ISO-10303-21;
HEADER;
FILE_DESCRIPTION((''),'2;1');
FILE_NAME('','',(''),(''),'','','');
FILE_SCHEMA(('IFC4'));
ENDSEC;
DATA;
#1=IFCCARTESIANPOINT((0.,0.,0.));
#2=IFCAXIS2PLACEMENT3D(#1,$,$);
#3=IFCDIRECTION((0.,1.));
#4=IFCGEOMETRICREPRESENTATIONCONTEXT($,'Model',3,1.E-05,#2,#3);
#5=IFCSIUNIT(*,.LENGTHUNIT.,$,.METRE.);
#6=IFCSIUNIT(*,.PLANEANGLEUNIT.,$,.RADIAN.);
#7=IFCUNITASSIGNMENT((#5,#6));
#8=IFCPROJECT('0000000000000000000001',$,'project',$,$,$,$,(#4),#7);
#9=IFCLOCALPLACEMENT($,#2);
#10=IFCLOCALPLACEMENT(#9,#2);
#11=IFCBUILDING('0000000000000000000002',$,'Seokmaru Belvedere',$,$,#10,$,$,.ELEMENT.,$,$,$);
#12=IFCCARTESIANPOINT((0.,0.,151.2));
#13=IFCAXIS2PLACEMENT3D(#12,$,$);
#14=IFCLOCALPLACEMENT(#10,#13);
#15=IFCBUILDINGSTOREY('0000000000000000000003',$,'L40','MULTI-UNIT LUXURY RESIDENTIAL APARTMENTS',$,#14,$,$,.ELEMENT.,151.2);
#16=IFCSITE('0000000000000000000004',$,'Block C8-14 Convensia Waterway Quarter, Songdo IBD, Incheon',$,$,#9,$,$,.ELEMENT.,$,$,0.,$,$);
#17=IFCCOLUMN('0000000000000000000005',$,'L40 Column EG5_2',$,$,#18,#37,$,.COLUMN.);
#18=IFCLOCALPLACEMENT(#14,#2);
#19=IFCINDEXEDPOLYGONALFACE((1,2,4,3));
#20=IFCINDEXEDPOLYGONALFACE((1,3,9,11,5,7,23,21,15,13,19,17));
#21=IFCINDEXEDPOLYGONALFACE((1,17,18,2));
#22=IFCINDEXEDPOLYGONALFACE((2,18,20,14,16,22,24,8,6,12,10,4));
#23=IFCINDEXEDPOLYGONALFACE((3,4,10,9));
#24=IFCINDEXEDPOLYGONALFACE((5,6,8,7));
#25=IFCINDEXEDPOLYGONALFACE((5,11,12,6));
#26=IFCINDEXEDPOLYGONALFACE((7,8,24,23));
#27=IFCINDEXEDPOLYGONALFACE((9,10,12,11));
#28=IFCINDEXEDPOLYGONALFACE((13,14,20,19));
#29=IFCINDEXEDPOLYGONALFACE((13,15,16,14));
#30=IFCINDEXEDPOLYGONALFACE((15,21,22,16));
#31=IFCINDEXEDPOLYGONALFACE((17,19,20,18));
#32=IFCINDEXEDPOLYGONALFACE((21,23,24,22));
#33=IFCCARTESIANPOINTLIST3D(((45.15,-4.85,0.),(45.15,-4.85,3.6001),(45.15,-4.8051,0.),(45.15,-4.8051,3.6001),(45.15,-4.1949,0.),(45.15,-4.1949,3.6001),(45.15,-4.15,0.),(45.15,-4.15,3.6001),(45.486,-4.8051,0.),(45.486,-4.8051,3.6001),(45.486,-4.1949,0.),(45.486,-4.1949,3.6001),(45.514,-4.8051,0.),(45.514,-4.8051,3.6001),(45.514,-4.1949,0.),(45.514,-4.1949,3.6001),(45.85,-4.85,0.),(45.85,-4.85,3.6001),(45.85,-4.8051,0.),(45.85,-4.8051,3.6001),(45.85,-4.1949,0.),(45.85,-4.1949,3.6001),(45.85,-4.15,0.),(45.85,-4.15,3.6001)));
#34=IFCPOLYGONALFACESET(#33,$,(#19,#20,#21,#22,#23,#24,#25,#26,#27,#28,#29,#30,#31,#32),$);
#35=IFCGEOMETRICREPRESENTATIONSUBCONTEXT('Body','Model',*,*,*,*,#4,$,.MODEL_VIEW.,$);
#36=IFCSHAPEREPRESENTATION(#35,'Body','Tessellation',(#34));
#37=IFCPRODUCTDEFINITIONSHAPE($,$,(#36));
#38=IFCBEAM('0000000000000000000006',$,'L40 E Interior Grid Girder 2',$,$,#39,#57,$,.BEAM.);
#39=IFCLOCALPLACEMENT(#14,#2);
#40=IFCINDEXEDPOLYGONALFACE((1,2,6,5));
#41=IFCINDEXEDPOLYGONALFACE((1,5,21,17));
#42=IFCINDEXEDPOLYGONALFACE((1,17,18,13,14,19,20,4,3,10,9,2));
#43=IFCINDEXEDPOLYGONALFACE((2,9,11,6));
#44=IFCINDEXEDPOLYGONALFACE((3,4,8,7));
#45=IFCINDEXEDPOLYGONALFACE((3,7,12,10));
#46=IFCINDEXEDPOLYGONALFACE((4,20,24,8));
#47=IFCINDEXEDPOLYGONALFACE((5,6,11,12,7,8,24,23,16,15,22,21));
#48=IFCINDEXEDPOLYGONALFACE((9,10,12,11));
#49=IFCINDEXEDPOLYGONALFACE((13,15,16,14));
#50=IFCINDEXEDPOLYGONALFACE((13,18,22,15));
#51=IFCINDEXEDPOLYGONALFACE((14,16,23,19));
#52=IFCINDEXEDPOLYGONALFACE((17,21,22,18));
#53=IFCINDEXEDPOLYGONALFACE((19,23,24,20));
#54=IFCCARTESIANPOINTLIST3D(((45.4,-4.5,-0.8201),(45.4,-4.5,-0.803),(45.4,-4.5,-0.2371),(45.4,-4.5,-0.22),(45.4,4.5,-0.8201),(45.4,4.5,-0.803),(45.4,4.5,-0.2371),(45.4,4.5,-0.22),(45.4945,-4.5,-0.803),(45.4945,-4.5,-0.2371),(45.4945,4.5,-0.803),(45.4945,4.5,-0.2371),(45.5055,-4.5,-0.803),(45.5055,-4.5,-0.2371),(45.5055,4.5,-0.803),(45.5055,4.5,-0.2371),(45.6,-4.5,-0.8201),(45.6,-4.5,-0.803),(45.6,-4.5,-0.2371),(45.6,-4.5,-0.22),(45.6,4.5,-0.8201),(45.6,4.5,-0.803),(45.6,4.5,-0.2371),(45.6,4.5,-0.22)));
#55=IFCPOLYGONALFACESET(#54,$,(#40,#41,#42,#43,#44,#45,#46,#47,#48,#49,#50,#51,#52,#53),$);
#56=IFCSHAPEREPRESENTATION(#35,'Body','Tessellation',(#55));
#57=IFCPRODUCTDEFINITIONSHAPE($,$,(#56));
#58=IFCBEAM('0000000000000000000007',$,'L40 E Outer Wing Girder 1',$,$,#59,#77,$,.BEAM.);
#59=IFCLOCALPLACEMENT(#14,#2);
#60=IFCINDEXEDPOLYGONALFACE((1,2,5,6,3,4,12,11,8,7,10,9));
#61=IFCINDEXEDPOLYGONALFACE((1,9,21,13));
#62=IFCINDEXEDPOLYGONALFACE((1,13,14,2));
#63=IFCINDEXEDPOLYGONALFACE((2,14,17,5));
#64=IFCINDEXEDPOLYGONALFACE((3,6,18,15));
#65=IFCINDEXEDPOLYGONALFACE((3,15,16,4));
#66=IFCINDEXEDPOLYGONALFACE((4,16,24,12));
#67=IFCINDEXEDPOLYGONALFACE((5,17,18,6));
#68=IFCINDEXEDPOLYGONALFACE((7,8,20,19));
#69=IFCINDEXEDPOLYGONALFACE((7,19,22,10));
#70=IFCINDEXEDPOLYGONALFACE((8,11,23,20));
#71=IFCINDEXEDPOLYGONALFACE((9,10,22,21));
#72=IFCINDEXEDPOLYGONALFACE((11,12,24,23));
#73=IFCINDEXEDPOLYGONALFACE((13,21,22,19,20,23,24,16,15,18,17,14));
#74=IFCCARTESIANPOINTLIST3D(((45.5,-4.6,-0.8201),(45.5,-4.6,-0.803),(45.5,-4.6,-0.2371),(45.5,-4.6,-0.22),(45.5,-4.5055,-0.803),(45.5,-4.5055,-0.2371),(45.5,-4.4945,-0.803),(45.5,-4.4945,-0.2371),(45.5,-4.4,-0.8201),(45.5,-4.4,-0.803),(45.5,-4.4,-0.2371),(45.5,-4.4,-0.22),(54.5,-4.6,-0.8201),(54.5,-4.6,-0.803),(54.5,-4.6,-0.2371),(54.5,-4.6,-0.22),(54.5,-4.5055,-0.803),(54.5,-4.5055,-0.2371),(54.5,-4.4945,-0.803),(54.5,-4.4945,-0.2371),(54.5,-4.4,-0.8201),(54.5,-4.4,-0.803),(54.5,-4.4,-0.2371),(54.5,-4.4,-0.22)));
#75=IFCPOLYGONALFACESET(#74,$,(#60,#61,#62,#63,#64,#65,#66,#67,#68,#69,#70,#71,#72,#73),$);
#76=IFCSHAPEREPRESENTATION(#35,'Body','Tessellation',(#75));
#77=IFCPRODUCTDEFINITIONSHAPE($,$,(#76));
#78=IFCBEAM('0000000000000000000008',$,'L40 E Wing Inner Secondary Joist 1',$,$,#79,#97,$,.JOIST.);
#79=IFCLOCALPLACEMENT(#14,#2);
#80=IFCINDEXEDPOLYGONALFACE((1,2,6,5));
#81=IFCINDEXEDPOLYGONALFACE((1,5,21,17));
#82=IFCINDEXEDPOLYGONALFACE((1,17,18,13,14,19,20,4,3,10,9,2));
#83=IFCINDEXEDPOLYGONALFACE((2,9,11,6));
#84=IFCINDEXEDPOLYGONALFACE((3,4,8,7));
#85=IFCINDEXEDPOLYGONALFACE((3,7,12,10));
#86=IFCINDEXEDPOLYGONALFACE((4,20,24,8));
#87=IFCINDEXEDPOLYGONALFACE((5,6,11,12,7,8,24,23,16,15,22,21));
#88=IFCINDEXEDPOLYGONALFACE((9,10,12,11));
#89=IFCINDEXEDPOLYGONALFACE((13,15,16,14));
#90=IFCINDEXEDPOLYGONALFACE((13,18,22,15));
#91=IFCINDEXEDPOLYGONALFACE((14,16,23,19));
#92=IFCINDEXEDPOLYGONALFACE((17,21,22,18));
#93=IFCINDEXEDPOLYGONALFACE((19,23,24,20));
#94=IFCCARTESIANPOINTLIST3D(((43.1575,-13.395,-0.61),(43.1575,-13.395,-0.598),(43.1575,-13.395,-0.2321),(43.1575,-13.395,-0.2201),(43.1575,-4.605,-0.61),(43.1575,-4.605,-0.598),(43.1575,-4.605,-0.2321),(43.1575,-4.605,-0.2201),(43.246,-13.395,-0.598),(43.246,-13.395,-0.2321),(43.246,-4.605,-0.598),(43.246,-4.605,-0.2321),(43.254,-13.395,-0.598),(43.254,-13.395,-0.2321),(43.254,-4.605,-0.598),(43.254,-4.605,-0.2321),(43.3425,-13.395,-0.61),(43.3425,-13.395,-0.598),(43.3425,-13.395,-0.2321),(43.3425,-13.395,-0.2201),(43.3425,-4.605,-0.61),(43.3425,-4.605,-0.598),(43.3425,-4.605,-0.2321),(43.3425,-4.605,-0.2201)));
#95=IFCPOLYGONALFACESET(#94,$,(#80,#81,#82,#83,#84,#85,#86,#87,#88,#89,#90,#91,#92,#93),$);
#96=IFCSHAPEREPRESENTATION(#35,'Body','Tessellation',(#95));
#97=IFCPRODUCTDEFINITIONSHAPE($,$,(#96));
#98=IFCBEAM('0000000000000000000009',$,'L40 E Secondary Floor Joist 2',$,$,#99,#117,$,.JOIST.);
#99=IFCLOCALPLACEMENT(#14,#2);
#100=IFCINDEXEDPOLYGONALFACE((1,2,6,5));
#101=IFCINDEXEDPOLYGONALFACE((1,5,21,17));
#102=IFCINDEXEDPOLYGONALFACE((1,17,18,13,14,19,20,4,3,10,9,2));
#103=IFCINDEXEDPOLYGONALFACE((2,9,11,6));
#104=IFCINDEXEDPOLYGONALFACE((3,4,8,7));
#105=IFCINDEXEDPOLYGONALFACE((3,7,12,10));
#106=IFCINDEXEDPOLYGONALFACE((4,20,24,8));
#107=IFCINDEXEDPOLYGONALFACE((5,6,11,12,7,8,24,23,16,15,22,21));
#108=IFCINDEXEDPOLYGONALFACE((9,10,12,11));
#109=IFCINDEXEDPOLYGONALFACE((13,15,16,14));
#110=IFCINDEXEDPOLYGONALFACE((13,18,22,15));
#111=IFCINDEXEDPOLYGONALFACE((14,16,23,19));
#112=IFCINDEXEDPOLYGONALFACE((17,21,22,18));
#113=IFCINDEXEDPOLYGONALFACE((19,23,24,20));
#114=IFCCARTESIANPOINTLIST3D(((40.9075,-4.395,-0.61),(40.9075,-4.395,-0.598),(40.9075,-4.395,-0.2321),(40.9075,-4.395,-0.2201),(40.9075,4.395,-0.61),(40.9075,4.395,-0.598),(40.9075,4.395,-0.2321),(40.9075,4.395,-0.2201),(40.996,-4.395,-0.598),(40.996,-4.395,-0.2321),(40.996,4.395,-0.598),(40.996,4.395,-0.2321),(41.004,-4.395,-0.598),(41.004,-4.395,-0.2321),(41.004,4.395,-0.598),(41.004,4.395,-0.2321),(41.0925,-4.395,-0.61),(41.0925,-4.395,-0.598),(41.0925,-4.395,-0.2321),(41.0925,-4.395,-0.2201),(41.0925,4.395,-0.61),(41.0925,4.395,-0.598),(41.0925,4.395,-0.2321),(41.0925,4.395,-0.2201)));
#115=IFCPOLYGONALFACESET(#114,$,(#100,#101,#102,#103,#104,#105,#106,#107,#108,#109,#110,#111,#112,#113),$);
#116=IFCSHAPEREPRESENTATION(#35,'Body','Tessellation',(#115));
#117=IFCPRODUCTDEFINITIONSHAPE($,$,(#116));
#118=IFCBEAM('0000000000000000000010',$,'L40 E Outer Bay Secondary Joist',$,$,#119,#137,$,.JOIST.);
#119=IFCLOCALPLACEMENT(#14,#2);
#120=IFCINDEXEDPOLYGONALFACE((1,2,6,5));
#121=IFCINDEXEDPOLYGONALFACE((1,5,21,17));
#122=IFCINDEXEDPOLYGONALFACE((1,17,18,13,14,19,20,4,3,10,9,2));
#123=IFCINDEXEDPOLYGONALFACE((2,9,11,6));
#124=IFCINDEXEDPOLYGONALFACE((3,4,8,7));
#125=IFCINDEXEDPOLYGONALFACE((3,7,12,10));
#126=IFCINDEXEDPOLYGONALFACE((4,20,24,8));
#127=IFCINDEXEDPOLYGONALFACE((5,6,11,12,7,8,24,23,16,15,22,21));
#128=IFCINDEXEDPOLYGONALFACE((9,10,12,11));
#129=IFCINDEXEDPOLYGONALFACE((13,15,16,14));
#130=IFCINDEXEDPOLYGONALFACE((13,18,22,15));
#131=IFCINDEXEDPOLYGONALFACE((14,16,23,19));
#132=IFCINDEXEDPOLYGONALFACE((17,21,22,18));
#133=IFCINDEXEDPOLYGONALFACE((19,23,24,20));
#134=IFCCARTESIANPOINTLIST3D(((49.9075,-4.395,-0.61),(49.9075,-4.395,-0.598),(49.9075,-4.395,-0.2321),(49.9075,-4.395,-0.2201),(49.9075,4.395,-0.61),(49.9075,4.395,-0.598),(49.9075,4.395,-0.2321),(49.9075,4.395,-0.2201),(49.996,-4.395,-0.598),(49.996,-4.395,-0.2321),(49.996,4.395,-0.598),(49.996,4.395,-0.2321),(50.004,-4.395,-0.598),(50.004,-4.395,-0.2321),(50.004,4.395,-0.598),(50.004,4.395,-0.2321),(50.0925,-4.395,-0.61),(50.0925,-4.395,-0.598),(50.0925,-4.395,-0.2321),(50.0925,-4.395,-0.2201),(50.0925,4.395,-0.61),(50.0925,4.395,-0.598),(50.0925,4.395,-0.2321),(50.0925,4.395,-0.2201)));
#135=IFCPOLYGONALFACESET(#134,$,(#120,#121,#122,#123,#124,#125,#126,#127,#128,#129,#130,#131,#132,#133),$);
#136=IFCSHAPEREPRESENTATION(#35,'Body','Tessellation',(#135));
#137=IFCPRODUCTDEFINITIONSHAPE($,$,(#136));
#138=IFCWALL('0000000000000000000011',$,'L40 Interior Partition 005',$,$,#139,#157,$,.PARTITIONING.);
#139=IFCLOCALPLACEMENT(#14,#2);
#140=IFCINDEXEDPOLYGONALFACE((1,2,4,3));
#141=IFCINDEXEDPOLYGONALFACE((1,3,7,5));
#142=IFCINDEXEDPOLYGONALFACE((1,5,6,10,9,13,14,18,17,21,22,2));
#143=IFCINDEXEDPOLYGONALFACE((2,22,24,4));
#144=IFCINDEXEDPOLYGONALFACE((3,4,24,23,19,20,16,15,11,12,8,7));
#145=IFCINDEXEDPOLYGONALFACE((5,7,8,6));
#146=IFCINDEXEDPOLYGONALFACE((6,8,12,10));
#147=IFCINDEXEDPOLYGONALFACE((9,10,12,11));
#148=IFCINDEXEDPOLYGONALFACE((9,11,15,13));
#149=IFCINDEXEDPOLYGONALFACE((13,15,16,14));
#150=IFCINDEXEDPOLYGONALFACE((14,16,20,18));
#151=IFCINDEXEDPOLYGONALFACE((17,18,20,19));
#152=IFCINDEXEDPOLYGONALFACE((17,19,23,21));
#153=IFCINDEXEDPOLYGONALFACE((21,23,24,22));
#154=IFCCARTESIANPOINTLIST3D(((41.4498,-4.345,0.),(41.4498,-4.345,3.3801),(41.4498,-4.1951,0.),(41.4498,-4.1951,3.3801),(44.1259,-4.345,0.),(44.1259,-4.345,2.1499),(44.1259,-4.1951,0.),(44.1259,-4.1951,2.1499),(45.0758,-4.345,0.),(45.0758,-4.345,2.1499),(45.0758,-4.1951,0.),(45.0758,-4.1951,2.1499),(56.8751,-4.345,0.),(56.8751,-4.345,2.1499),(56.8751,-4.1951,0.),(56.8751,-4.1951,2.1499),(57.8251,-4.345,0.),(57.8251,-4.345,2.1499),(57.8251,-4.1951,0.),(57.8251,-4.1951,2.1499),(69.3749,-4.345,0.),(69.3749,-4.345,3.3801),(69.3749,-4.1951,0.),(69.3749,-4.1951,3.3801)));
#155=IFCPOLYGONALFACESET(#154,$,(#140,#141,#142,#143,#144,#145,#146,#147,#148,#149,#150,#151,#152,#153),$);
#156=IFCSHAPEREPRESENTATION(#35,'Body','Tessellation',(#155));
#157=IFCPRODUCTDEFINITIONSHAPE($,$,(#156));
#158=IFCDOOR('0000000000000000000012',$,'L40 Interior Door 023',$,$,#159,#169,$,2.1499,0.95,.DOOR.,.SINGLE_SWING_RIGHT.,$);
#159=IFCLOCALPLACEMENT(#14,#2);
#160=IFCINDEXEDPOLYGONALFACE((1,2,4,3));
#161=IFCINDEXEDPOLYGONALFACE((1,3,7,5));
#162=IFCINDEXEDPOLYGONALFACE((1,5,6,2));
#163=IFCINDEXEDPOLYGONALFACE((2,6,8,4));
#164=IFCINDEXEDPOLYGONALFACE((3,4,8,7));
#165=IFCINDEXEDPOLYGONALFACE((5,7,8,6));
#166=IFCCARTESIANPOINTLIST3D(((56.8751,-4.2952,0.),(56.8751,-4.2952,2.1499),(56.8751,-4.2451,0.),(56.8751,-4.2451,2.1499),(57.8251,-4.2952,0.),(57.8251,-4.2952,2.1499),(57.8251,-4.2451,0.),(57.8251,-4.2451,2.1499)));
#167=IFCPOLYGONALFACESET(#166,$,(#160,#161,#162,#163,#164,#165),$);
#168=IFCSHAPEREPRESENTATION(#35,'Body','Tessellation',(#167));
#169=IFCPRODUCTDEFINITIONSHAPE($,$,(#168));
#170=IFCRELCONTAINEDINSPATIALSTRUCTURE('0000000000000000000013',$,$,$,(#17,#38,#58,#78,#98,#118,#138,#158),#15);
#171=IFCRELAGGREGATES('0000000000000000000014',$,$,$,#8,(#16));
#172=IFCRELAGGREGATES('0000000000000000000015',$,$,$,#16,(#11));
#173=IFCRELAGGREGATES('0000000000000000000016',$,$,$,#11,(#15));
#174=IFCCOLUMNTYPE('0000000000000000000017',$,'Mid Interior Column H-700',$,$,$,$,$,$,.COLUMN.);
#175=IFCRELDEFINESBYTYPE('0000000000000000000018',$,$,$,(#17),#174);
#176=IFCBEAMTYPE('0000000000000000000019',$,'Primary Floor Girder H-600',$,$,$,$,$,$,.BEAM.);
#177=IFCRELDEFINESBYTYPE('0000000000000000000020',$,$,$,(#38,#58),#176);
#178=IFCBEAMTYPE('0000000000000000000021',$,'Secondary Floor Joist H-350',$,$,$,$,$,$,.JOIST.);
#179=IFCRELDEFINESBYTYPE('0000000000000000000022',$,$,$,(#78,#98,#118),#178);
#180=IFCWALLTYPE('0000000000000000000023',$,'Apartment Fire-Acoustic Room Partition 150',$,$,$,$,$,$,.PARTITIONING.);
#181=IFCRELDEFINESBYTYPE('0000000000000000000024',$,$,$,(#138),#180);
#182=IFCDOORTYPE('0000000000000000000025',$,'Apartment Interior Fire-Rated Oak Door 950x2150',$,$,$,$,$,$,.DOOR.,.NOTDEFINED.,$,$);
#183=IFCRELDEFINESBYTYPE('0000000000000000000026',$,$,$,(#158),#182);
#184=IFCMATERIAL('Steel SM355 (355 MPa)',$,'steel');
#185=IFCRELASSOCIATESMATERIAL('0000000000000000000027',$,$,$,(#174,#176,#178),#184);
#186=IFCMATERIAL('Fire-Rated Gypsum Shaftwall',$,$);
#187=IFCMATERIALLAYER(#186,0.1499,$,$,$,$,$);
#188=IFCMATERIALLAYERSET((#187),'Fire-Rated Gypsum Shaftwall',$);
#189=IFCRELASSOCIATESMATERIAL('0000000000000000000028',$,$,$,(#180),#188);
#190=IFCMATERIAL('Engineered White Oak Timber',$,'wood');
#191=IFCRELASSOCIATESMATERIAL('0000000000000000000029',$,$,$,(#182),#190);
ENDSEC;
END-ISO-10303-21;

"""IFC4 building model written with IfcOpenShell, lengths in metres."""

from ifc_helpers import new_model, si_unit, direction, frame, frame_2d, origin, origin_2d, place, context, subcontext, project, spatial, rectangle, i_section, extrude, source, transform, mapped, material, layer, layer_set, material_profile, profile_set, type_object, type_shapes, element, fill, save


model = new_model("IFC4")

# Units and contexts
model_context = context("Model", 3, precision=1e-05, world=origin(), true_north=direction((0.0, 1.0)))
body_context = subcontext(model_context, "Body", "Model", "MODEL_VIEW")
ifc_project = project(units=[si_unit("LENGTHUNIT", "METRE"), si_unit("PLANEANGLEUNIT", "RADIAN")], contexts=[model_context])

# Site, building, storey
site_placement = place(None, origin())
site = spatial("IfcSite", under=ifc_project, at=site_placement, Name="Block C8-14 Convensia Waterway Quarter, Songdo IBD, Incheon", CompositionType="ELEMENT", RefElevation=0.0)
building_placement = place(site_placement, origin())
building = spatial("IfcBuilding", under=site, at=building_placement, Name="Seokmaru Belvedere", CompositionType="ELEMENT")
storey_placement = place(building_placement, frame((0.0, 0.0, 151.2)))
storey = spatial("IfcBuildingStorey", under=building, at=storey_placement, Name="L40", Description="MULTI-UNIT LUXURY RESIDENTIAL APARTMENTS", CompositionType="ELEMENT", Elevation=151.2)

# Column
ifc_material_1 = material(Name="Steel SM355 (355 MPa)", Category="steel")
ifc_material_profile_1 = material_profile(ifc_material_1, i_section(OverallWidth=0.7, OverallDepth=0.7, WebThickness=0.0281, FlangeThickness=0.0449, at=origin_2d()), Name="H-700x700x28x45")
ifc_profile_set_1 = profile_set([ifc_material_profile_1], Name="Steel SM355 (355 MPa)")
column_type = type_object("IfcColumnType", Name="Mid Interior Column H-700", PredefinedType="COLUMN", material=ifc_profile_set_1)
shared_shape_1 = source(origin(), body_context, "Body", "SweptSolid", [
    extrude(i_section(OverallWidth=0.7, OverallDepth=0.7, WebThickness=0.0281, FlangeThickness=0.0449, at=origin_2d()), origin(), (0.0, 0.0, 1.0), 3.6001),
])
type_shapes(column_type, [shared_shape_1])
column_placement = place(storey_placement, frame((45.5, -4.5, 0.0), z_axis=(0.0, 0.0, 1.0), x_axis=(1.0, 0.0, 0.0)))
element("IfcColumn", 1, at=column_placement, inside=storey, type_object=column_type, Name="L40 Column EG5_2", PredefinedType="COLUMN", context=body_context, shape_type="MappedRepresentation", body=[
    mapped(shared_shape_1, transform((0.0, 0.0, 0.0), scale=1.0)),
])

# Beams
ifc_material_profile_2 = material_profile(ifc_material_1, i_section(OverallWidth=0.2, OverallDepth=0.6001, WebThickness=0.011, FlangeThickness=0.0171, at=origin_2d()), Name="H-600x200x11x17")
ifc_profile_set_2 = profile_set([ifc_material_profile_2], Name="Steel SM355 (355 MPa)")
beam_type_1 = type_object("IfcBeamType", Name="Primary Floor Girder H-600", PredefinedType="BEAM", material=ifc_profile_set_2)
shared_shape_2 = source(origin(), body_context, "Body", "SweptSolid", [
    extrude(i_section(OverallWidth=0.2, OverallDepth=0.6001, WebThickness=0.011, FlangeThickness=0.0171, at=origin_2d()), origin(), (0.0, 0.0, 1.0), 9.0),
])
type_shapes(beam_type_1, [shared_shape_2])
for number, where, z_axis, x_axis, name in (
    (2, (45.5, -4.5, -0.52), (0.0, 1.0, 0.0), (-1.0, 0.0, 0.0), "L40 E Interior Grid Girder 2"),
    (3, (45.5, -4.5, -0.52), (1.0, 0.0, 0.0), (0.0, 1.0, 0.0), "L40 E Outer Wing Girder 1"),
):
    element("IfcBeam", number, at=place(storey_placement, frame(where, z_axis=z_axis, x_axis=x_axis)), inside=storey, type_object=beam_type_1, Name=name, PredefinedType="BEAM", context=body_context, shape_type="MappedRepresentation", body=[
        mapped(shared_shape_2, transform((0.0, 0.0, 0.0), scale=1.0)),
    ])
ifc_material_profile_3 = material_profile(ifc_material_1, i_section(OverallWidth=0.1851, OverallDepth=0.3899, WebThickness=0.0081, FlangeThickness=0.012, at=origin_2d()), Name="H-390x185x8x12")
ifc_profile_set_3 = profile_set([ifc_material_profile_3], Name="Steel SM355 (355 MPa)")
beam_type_2 = type_object("IfcBeamType", Name="Secondary Floor Joist H-350", PredefinedType="JOIST", material=ifc_profile_set_3)
shared_shape_3 = source(origin(), body_context, "Body", "SweptSolid", [
    extrude(i_section(OverallWidth=0.1851, OverallDepth=0.3899, WebThickness=0.0081, FlangeThickness=0.012, at=origin_2d()), origin(), (0.0, 0.0, 1.0), 8.79),
])
type_shapes(beam_type_2, [shared_shape_3])
for number, where, z_axis, x_axis, name in (
    (4, (43.25, -13.395, -0.415), (0.0, 1.0, 0.0), (-1.0, 0.0, 0.0), "L40 E Wing Inner Secondary Joist 1"),
    (5, (41.0, -4.395, -0.415), (0.0, 1.0, 0.0), (-1.0, 0.0, 0.0), "L40 E Secondary Floor Joist 2"),
    (6, (50.0, -4.395, -0.415), (0.0, 1.0, 0.0), (-1.0, 0.0, 0.0), "L40 E Outer Bay Secondary Joist"),
):
    element("IfcBeam", number, at=place(storey_placement, frame(where, z_axis=z_axis, x_axis=x_axis)), inside=storey, type_object=beam_type_2, Name=name, PredefinedType="JOIST", context=body_context, shape_type="MappedRepresentation", body=[
        mapped(shared_shape_3, transform((0.0, 0.0, 0.0), scale=1.0)),
    ])

# Wall, openings, door
ifc_material_2 = material(Name="Fire-Rated Gypsum Shaftwall")
ifc_layer_1 = layer(ifc_material_2, 0.1499)
ifc_layer_set_1 = layer_set([ifc_layer_1], Name="Fire-Rated Gypsum Shaftwall")
wall_type_1 = type_object("IfcWallType", Name="Apartment Fire-Acoustic Room Partition 150", PredefinedType="PARTITIONING", material=ifc_layer_set_1)
wall_1_placement = place(storey_placement, frame((41.45, -4.27, 0.0), z_axis=(0.0, 0.0, 1.0), x_axis=(1.0, 0.0, 0.0)))
wall_1 = element("IfcWall", 7, at=wall_1_placement, inside=storey, type_object=wall_type_1, Name="L40 Interior Partition 005", PredefinedType="PARTITIONING", context=body_context, shape_type="SweptSolid", body=[
    extrude(rectangle(XDim=27.925, YDim=0.1499, at=frame_2d((13.9624, 0.0))), origin(), (0.0, 0.0, 1.0), 3.3801),
])
opening_1_placement = place(wall_1_placement, frame((2.6758, 0.0, 0.0)))
element("IfcOpeningElement", 8, at=opening_1_placement, cuts=wall_1, PredefinedType="OPENING", context=body_context, shape_type="SweptSolid", body=[
    extrude(rectangle(XDim=0.95, YDim=2.1499, at=frame_2d((0.4751, 1.075))), frame((0.0, 0.085, 0.0), z_axis=(0.0, -1.0, 0.0), x_axis=(1.0, 0.0, 0.0)), (0.0, 0.0, 1.0), 0.1699),
])
opening_2_placement = place(wall_1_placement, frame((15.425, 0.0, 0.0)))
opening_2 = element("IfcOpeningElement", 9, at=opening_2_placement, cuts=wall_1, PredefinedType="OPENING", context=body_context, shape_type="SweptSolid", body=[
    extrude(rectangle(XDim=0.95, YDim=2.1499, at=frame_2d((0.4751, 1.075))), frame((0.0, 0.085, 0.0), z_axis=(0.0, -1.0, 0.0), x_axis=(1.0, 0.0, 0.0)), (0.0, 0.0, 1.0), 0.1699),
])
ifc_material_3 = material(Name="Engineered White Oak Timber", Category="wood")
door_type_1 = type_object("IfcDoorType", Name="Apartment Interior Fire-Rated Oak Door 950x2150", OperationType="NOTDEFINED", PredefinedType="DOOR", material=ifc_material_3)
shared_shape_4 = source(origin(), body_context, "Body", "SweptSolid", [
    extrude(rectangle(XDim=0.95, YDim=2.1499, at=frame_2d((0.4751, 1.075))), frame((0.0, 0.0249, 0.0), z_axis=(0.0, -1.0, 0.0), x_axis=(1.0, 0.0, 0.0)), (0.0, 0.0, 1.0), 0.05),
])
type_shapes(door_type_1, [shared_shape_4])
door_1_placement = place(opening_2_placement, origin())
door_1 = element("IfcDoor", 10, at=door_1_placement, inside=storey, type_object=door_type_1, Name="L40 Interior Door 023", OperationType="SINGLE_SWING_RIGHT", OverallHeight=2.1499, OverallWidth=0.95, PredefinedType="DOOR", context=body_context, shape_type="MappedRepresentation", body=[
    mapped(shared_shape_4, transform((0.0, 0.0, 0.0), scale=1.0)),
])
fill(opening_2, door_1)

save(model, "model.ifc")
